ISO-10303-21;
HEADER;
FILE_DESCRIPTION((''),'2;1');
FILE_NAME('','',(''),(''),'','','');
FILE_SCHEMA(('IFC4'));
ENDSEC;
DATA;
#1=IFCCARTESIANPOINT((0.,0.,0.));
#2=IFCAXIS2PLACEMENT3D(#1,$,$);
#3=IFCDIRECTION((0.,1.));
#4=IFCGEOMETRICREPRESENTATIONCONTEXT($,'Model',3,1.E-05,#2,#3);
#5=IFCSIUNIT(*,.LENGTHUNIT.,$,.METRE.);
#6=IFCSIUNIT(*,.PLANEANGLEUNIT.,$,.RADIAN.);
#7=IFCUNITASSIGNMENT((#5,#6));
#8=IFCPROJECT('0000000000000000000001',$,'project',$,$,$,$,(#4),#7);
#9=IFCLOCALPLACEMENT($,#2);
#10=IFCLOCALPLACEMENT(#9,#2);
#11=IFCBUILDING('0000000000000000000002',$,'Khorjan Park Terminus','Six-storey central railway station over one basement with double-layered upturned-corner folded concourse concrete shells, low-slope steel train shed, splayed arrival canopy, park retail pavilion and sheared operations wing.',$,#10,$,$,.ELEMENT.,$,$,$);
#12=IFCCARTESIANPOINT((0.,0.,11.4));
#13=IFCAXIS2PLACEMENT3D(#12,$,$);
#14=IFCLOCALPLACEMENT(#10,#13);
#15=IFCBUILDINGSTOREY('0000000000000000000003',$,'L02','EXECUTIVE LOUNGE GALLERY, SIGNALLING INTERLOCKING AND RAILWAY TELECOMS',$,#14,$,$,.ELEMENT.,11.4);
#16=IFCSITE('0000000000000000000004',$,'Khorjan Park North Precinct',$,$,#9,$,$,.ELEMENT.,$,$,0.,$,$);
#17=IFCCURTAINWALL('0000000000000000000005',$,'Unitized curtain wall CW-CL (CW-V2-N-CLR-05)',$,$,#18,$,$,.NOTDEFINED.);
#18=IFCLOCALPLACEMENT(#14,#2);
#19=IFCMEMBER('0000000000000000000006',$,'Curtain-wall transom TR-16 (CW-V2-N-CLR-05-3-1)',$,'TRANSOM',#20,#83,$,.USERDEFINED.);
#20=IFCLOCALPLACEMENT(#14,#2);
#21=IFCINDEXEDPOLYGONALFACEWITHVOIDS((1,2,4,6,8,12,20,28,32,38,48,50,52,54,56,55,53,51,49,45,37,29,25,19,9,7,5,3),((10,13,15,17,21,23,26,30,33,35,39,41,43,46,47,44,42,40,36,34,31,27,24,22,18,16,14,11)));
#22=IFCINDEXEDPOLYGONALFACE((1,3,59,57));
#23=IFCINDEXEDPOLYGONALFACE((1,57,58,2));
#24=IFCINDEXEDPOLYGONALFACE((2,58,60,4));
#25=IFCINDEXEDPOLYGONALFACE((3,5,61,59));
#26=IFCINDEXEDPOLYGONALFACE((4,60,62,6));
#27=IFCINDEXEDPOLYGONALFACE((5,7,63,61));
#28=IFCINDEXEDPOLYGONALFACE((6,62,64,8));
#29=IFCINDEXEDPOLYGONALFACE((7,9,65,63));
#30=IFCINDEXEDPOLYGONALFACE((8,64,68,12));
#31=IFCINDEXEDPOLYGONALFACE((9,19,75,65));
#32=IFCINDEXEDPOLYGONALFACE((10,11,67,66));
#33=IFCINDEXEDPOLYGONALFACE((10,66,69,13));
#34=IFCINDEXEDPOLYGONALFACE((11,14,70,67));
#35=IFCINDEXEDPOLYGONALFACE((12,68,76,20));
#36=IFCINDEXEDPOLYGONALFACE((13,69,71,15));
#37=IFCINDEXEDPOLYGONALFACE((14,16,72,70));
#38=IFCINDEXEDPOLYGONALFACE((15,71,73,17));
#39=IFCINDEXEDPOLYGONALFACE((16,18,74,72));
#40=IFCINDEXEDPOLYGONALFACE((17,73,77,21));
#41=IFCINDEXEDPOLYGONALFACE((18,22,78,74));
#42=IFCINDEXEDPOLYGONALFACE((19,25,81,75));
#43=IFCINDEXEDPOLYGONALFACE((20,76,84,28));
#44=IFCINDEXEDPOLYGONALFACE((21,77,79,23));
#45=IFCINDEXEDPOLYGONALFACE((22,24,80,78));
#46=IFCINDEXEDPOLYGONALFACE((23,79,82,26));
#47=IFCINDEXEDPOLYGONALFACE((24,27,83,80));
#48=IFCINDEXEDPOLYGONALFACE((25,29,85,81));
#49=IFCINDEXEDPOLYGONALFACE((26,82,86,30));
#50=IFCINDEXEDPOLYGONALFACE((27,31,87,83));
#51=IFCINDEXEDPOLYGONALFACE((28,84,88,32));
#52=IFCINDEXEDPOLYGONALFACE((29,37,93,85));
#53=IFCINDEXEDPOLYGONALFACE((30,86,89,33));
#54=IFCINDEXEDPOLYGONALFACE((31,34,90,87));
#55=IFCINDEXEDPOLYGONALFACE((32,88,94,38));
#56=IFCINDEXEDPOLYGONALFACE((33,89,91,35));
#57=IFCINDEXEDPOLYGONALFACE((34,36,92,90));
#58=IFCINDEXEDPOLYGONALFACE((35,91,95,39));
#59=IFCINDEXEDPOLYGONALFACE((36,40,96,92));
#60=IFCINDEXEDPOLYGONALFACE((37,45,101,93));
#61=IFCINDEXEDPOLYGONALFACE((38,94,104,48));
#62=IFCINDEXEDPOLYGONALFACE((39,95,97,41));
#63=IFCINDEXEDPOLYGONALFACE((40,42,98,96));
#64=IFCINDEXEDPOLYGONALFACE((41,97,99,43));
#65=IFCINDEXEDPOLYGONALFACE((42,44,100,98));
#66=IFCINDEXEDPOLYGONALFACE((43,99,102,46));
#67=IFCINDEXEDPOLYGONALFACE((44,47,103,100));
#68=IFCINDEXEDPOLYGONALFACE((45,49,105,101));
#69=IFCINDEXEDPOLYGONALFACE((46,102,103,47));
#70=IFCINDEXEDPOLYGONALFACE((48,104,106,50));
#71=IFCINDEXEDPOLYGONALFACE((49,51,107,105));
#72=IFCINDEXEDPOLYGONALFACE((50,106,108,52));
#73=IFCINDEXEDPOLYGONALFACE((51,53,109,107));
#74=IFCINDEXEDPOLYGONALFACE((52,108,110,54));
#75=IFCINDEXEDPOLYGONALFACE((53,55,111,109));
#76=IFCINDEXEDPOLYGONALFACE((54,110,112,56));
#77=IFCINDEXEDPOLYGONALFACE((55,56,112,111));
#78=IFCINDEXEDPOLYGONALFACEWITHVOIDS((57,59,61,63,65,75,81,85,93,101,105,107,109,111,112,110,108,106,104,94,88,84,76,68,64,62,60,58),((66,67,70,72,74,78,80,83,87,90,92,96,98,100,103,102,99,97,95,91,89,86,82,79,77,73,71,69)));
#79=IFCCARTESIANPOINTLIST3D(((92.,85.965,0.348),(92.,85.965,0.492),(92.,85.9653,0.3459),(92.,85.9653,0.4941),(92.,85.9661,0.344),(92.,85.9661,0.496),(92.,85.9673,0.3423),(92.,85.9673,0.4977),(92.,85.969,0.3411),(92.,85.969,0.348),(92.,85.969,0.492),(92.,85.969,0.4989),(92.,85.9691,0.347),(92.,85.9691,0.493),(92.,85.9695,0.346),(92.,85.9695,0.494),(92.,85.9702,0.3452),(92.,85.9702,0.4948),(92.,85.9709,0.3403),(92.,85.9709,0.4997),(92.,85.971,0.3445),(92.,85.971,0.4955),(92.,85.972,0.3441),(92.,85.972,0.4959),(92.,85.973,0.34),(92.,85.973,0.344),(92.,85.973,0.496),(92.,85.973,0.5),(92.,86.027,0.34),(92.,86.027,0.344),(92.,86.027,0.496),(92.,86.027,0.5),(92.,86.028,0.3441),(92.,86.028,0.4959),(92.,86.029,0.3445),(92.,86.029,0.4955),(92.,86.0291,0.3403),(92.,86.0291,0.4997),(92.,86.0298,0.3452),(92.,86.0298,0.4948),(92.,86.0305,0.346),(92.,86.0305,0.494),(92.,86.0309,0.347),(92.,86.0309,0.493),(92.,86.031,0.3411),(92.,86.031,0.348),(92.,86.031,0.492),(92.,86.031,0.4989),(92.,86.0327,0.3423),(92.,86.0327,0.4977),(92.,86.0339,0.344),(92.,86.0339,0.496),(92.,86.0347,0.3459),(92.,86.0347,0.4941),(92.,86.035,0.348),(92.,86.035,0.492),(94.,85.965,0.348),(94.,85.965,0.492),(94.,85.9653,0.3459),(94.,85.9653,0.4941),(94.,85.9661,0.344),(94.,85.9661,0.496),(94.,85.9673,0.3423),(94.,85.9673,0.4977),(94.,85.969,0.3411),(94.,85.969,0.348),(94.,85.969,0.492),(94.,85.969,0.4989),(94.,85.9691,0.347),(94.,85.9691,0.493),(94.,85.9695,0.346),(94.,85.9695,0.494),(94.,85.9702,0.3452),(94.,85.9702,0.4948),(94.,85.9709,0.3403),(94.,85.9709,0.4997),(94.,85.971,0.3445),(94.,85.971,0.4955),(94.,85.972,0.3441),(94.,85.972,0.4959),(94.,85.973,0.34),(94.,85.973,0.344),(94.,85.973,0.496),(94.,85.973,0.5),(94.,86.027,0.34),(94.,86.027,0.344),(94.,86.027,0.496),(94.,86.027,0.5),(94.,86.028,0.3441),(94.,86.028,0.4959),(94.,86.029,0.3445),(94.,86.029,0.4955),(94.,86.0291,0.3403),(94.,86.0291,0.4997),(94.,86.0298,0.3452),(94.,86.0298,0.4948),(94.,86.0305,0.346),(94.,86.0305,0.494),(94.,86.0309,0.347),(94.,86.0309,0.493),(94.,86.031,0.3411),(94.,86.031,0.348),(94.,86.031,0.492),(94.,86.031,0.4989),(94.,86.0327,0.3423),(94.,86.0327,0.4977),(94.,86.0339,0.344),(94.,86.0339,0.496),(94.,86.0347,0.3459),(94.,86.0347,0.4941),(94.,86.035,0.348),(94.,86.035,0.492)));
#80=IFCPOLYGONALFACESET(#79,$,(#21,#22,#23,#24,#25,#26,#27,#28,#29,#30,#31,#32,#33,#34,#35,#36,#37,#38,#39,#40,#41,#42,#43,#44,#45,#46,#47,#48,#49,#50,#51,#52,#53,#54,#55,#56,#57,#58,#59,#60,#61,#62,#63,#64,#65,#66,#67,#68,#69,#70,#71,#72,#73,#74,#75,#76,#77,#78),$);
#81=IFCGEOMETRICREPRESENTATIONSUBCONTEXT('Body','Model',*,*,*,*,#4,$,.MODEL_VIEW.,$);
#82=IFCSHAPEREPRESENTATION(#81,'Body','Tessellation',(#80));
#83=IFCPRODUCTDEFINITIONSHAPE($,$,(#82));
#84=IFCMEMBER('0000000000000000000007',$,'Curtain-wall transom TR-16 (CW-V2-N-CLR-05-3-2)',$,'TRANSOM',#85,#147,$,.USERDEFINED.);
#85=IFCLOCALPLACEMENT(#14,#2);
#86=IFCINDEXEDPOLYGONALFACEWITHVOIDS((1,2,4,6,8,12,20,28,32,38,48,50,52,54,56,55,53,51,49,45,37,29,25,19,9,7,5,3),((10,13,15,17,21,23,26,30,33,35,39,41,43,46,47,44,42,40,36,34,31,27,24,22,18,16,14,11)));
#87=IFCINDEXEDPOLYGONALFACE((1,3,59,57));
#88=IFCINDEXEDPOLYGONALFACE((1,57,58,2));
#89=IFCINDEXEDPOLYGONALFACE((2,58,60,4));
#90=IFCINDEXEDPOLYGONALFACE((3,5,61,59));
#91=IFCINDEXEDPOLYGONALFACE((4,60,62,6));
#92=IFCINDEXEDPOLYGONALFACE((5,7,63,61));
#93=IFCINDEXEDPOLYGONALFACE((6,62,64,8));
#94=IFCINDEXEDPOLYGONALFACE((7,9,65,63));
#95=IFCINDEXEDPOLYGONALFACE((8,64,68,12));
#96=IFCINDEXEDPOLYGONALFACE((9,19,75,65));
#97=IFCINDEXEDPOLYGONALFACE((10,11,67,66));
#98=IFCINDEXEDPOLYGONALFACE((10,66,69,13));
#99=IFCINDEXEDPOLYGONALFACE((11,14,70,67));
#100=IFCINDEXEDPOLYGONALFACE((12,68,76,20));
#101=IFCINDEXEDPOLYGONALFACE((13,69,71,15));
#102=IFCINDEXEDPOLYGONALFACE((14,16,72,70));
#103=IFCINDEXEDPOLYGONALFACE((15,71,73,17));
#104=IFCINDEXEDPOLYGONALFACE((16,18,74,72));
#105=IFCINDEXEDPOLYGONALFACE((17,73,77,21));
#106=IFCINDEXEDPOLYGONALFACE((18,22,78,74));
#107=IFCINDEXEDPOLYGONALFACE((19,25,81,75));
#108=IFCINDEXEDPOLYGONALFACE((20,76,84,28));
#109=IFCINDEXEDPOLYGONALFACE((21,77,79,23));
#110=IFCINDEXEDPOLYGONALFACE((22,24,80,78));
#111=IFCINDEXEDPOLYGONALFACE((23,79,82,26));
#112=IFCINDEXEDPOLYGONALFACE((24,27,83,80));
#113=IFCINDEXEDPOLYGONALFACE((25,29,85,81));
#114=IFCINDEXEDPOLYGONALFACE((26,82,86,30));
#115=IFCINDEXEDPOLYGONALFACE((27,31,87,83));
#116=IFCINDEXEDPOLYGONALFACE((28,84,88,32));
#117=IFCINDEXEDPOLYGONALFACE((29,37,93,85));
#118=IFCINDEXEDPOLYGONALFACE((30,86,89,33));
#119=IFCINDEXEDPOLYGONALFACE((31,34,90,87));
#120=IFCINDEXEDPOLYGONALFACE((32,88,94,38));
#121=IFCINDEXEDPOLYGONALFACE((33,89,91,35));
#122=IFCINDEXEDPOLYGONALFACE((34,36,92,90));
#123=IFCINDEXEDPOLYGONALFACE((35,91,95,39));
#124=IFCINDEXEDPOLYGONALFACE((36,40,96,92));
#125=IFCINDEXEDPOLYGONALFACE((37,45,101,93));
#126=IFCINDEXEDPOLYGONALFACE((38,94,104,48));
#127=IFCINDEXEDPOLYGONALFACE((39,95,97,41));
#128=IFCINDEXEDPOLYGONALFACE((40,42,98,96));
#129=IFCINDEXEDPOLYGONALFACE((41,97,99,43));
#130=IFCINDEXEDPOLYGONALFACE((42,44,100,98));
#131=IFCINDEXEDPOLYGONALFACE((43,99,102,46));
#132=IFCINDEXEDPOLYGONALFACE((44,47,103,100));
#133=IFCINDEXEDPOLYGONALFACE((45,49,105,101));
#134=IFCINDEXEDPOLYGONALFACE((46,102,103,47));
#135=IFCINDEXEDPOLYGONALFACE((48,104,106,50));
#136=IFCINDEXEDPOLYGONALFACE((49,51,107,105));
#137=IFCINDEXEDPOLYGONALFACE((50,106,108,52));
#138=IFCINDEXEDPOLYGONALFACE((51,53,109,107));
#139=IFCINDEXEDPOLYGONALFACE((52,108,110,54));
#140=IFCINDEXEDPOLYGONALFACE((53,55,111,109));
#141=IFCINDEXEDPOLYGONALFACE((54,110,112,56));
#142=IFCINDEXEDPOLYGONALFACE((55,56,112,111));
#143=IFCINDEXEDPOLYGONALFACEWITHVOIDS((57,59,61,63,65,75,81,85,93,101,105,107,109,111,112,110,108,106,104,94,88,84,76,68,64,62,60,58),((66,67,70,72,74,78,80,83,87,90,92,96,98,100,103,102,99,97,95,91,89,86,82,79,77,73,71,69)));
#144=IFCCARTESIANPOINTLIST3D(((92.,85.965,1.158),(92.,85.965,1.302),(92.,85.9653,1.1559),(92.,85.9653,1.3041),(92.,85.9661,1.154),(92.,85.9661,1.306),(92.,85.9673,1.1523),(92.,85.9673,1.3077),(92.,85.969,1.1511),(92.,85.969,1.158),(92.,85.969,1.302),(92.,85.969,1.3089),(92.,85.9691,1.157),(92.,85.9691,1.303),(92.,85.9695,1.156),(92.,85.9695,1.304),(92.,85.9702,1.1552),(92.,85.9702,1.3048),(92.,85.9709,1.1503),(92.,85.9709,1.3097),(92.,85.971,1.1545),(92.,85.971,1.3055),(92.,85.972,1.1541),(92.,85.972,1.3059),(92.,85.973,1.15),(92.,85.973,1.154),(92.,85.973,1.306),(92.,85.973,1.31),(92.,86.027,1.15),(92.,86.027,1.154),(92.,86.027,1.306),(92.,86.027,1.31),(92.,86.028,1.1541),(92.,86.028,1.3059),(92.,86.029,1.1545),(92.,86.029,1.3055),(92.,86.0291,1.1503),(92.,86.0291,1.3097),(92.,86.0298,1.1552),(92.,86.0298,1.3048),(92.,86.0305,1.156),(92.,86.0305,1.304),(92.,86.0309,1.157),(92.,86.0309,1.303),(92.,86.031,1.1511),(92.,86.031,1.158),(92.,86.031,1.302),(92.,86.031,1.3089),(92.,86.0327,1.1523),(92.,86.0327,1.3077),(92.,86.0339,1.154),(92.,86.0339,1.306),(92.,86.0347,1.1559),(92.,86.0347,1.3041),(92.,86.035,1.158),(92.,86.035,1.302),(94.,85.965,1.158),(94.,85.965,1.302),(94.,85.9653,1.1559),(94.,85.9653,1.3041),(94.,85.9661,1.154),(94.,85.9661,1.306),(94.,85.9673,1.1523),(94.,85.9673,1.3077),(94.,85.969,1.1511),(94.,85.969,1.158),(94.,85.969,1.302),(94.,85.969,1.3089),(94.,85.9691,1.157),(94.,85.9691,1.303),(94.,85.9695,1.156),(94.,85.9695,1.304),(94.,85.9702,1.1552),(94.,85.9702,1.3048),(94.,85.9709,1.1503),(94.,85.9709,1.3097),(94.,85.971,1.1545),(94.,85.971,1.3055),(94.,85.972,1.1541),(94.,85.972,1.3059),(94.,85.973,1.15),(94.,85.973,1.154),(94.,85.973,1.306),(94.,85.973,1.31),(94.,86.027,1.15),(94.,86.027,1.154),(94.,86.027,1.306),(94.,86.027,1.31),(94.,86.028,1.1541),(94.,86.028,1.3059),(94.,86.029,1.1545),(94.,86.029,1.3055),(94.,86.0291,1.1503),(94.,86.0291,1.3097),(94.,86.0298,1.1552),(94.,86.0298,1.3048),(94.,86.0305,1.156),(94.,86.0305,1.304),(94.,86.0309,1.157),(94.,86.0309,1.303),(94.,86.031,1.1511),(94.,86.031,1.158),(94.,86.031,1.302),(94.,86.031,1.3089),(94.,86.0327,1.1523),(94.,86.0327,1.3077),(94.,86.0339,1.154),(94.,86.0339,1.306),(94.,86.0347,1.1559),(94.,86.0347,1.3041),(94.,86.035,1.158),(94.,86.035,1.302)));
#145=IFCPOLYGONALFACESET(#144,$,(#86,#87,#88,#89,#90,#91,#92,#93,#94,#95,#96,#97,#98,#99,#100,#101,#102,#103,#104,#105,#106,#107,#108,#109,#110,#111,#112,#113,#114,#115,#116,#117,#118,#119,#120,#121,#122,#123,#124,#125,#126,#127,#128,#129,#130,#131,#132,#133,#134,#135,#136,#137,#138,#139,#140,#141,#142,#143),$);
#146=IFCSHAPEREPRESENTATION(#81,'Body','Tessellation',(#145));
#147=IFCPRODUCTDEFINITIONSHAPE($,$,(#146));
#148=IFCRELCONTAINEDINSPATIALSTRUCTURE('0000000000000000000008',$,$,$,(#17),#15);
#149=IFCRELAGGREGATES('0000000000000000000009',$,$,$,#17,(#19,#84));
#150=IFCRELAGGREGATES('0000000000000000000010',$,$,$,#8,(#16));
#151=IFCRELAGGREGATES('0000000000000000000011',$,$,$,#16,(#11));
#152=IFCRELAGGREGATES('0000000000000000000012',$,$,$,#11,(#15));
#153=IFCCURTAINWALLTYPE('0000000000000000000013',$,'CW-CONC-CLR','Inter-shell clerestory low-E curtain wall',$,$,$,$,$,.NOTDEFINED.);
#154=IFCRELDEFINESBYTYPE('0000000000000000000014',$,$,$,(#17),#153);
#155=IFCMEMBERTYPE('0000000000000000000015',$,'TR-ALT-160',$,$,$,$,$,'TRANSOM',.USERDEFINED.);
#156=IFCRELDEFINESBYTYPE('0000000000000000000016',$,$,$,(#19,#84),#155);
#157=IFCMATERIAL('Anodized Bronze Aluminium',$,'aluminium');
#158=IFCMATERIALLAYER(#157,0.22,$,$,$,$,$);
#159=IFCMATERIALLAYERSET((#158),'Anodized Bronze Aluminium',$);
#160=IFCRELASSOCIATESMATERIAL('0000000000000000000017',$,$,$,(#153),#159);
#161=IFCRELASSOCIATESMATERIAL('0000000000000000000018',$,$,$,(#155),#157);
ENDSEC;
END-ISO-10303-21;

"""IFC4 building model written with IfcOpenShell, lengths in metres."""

from ifc_helpers import new_model, si_unit, direction, frame, origin, origin_2d, place, context, subcontext, project, spatial, hollow_rectangle, extrude, material, layer, layer_set, material_profile, profile_set, type_object, element, aggregate, save


model = new_model("IFC4")

# Units and contexts
model_context = context("Model", 3, precision=1e-05, world=origin(), true_north=direction((0.0, 1.0)))
body_context = subcontext(model_context, "Body", "Model", "MODEL_VIEW")
ifc_project = project(units=[si_unit("LENGTHUNIT", "METRE"), si_unit("PLANEANGLEUNIT", "RADIAN")], contexts=[model_context])

# Site, building, storey
site_placement = place(None, origin())
site = spatial("IfcSite", under=ifc_project, at=site_placement, Name="Khorjan Park North Precinct", CompositionType="ELEMENT", RefElevation=0.0)
building_placement = place(site_placement, origin())
building = spatial("IfcBuilding", under=site, at=building_placement, Name="Khorjan Park Terminus", Description="Six-storey central railway station over one basement with double-layered upturned-corner folded concourse concrete shells, low-slope steel train shed, splayed arrival canopy, park retail pavilion and sheared operations wing.", CompositionType="ELEMENT")
storey_placement = place(building_placement, frame((0.0, 0.0, 11.4)))
storey = spatial("IfcBuildingStorey", under=building, at=storey_placement, Name="L02", Description="EXECUTIVE LOUNGE GALLERY, SIGNALLING INTERLOCKING AND RAILWAY TELECOMS", CompositionType="ELEMENT", Elevation=11.4)

# Curtain wall
ifc_material_1 = material(Name="Anodized Bronze Aluminium", Category="aluminium")
ifc_layer_1 = layer(ifc_material_1, 0.22)
ifc_layer_set_1 = layer_set([ifc_layer_1], Name="Anodized Bronze Aluminium")
curtain_wall_type = type_object("IfcCurtainWallType", Name="CW-CONC-CLR", Description="Inter-shell clerestory low-E curtain wall", PredefinedType="NOTDEFINED", material=ifc_layer_set_1)
curtain_wall_1_placement = place(storey_placement, origin())
curtain_wall_1 = element("IfcCurtainWall", 1, at=curtain_wall_1_placement, inside=storey, type_object=curtain_wall_type, Name="Unitized curtain wall CW-CL (CW-V2-N-CLR-05)", PredefinedType="NOTDEFINED")

# Members
ifc_material_profile_1 = material_profile(ifc_material_1, hollow_rectangle(XDim=0.07, YDim=0.16, WallThickness=0.004, InnerFilletRadius=0.004, OuterFilletRadius=0.008, at=origin_2d()), Name="ALT 70x160x4")
ifc_profile_set_1 = profile_set([ifc_material_profile_1], Name="Anodized Bronze Aluminium")
member_type_1 = type_object("IfcMemberType", Name="TR-ALT-160", ElementType="TRANSOM", PredefinedType="USERDEFINED", material=ifc_profile_set_1)
member_1_placement = place(storey_placement, frame((94.0, 86.0, 0.42), z_axis=(-1.0, 0.0, 0.0), x_axis=(0.0, -1.0, 0.0)))
member_1 = element("IfcMember", 2, at=member_1_placement, type_object=member_type_1, Name="Curtain-wall transom TR-16 (CW-V2-N-CLR-05-3-1)", ObjectType="TRANSOM", PredefinedType="USERDEFINED", context=body_context, shape_type="SweptSolid", body=[
    extrude(hollow_rectangle(XDim=0.07, YDim=0.16, WallThickness=0.004, InnerFilletRadius=0.004, OuterFilletRadius=0.008, at=origin_2d()), origin(), (0.0, 0.0, 1.0), 2.0),
])
member_2_placement = place(storey_placement, frame((94.0, 86.0, 1.23), z_axis=(-1.0, 0.0, 0.0), x_axis=(0.0, -1.0, 0.0)))
member_2 = element("IfcMember", 3, at=member_2_placement, type_object=member_type_1, Name="Curtain-wall transom TR-16 (CW-V2-N-CLR-05-3-2)", ObjectType="TRANSOM", PredefinedType="USERDEFINED", context=body_context, shape_type="SweptSolid", body=[
    extrude(hollow_rectangle(XDim=0.07, YDim=0.16, WallThickness=0.004, InnerFilletRadius=0.004, OuterFilletRadius=0.008, at=origin_2d()), origin(), (0.0, 0.0, 1.0), 2.0),
])

aggregate(curtain_wall_1, [member_1, member_2])

save(model, "model.ifc")
